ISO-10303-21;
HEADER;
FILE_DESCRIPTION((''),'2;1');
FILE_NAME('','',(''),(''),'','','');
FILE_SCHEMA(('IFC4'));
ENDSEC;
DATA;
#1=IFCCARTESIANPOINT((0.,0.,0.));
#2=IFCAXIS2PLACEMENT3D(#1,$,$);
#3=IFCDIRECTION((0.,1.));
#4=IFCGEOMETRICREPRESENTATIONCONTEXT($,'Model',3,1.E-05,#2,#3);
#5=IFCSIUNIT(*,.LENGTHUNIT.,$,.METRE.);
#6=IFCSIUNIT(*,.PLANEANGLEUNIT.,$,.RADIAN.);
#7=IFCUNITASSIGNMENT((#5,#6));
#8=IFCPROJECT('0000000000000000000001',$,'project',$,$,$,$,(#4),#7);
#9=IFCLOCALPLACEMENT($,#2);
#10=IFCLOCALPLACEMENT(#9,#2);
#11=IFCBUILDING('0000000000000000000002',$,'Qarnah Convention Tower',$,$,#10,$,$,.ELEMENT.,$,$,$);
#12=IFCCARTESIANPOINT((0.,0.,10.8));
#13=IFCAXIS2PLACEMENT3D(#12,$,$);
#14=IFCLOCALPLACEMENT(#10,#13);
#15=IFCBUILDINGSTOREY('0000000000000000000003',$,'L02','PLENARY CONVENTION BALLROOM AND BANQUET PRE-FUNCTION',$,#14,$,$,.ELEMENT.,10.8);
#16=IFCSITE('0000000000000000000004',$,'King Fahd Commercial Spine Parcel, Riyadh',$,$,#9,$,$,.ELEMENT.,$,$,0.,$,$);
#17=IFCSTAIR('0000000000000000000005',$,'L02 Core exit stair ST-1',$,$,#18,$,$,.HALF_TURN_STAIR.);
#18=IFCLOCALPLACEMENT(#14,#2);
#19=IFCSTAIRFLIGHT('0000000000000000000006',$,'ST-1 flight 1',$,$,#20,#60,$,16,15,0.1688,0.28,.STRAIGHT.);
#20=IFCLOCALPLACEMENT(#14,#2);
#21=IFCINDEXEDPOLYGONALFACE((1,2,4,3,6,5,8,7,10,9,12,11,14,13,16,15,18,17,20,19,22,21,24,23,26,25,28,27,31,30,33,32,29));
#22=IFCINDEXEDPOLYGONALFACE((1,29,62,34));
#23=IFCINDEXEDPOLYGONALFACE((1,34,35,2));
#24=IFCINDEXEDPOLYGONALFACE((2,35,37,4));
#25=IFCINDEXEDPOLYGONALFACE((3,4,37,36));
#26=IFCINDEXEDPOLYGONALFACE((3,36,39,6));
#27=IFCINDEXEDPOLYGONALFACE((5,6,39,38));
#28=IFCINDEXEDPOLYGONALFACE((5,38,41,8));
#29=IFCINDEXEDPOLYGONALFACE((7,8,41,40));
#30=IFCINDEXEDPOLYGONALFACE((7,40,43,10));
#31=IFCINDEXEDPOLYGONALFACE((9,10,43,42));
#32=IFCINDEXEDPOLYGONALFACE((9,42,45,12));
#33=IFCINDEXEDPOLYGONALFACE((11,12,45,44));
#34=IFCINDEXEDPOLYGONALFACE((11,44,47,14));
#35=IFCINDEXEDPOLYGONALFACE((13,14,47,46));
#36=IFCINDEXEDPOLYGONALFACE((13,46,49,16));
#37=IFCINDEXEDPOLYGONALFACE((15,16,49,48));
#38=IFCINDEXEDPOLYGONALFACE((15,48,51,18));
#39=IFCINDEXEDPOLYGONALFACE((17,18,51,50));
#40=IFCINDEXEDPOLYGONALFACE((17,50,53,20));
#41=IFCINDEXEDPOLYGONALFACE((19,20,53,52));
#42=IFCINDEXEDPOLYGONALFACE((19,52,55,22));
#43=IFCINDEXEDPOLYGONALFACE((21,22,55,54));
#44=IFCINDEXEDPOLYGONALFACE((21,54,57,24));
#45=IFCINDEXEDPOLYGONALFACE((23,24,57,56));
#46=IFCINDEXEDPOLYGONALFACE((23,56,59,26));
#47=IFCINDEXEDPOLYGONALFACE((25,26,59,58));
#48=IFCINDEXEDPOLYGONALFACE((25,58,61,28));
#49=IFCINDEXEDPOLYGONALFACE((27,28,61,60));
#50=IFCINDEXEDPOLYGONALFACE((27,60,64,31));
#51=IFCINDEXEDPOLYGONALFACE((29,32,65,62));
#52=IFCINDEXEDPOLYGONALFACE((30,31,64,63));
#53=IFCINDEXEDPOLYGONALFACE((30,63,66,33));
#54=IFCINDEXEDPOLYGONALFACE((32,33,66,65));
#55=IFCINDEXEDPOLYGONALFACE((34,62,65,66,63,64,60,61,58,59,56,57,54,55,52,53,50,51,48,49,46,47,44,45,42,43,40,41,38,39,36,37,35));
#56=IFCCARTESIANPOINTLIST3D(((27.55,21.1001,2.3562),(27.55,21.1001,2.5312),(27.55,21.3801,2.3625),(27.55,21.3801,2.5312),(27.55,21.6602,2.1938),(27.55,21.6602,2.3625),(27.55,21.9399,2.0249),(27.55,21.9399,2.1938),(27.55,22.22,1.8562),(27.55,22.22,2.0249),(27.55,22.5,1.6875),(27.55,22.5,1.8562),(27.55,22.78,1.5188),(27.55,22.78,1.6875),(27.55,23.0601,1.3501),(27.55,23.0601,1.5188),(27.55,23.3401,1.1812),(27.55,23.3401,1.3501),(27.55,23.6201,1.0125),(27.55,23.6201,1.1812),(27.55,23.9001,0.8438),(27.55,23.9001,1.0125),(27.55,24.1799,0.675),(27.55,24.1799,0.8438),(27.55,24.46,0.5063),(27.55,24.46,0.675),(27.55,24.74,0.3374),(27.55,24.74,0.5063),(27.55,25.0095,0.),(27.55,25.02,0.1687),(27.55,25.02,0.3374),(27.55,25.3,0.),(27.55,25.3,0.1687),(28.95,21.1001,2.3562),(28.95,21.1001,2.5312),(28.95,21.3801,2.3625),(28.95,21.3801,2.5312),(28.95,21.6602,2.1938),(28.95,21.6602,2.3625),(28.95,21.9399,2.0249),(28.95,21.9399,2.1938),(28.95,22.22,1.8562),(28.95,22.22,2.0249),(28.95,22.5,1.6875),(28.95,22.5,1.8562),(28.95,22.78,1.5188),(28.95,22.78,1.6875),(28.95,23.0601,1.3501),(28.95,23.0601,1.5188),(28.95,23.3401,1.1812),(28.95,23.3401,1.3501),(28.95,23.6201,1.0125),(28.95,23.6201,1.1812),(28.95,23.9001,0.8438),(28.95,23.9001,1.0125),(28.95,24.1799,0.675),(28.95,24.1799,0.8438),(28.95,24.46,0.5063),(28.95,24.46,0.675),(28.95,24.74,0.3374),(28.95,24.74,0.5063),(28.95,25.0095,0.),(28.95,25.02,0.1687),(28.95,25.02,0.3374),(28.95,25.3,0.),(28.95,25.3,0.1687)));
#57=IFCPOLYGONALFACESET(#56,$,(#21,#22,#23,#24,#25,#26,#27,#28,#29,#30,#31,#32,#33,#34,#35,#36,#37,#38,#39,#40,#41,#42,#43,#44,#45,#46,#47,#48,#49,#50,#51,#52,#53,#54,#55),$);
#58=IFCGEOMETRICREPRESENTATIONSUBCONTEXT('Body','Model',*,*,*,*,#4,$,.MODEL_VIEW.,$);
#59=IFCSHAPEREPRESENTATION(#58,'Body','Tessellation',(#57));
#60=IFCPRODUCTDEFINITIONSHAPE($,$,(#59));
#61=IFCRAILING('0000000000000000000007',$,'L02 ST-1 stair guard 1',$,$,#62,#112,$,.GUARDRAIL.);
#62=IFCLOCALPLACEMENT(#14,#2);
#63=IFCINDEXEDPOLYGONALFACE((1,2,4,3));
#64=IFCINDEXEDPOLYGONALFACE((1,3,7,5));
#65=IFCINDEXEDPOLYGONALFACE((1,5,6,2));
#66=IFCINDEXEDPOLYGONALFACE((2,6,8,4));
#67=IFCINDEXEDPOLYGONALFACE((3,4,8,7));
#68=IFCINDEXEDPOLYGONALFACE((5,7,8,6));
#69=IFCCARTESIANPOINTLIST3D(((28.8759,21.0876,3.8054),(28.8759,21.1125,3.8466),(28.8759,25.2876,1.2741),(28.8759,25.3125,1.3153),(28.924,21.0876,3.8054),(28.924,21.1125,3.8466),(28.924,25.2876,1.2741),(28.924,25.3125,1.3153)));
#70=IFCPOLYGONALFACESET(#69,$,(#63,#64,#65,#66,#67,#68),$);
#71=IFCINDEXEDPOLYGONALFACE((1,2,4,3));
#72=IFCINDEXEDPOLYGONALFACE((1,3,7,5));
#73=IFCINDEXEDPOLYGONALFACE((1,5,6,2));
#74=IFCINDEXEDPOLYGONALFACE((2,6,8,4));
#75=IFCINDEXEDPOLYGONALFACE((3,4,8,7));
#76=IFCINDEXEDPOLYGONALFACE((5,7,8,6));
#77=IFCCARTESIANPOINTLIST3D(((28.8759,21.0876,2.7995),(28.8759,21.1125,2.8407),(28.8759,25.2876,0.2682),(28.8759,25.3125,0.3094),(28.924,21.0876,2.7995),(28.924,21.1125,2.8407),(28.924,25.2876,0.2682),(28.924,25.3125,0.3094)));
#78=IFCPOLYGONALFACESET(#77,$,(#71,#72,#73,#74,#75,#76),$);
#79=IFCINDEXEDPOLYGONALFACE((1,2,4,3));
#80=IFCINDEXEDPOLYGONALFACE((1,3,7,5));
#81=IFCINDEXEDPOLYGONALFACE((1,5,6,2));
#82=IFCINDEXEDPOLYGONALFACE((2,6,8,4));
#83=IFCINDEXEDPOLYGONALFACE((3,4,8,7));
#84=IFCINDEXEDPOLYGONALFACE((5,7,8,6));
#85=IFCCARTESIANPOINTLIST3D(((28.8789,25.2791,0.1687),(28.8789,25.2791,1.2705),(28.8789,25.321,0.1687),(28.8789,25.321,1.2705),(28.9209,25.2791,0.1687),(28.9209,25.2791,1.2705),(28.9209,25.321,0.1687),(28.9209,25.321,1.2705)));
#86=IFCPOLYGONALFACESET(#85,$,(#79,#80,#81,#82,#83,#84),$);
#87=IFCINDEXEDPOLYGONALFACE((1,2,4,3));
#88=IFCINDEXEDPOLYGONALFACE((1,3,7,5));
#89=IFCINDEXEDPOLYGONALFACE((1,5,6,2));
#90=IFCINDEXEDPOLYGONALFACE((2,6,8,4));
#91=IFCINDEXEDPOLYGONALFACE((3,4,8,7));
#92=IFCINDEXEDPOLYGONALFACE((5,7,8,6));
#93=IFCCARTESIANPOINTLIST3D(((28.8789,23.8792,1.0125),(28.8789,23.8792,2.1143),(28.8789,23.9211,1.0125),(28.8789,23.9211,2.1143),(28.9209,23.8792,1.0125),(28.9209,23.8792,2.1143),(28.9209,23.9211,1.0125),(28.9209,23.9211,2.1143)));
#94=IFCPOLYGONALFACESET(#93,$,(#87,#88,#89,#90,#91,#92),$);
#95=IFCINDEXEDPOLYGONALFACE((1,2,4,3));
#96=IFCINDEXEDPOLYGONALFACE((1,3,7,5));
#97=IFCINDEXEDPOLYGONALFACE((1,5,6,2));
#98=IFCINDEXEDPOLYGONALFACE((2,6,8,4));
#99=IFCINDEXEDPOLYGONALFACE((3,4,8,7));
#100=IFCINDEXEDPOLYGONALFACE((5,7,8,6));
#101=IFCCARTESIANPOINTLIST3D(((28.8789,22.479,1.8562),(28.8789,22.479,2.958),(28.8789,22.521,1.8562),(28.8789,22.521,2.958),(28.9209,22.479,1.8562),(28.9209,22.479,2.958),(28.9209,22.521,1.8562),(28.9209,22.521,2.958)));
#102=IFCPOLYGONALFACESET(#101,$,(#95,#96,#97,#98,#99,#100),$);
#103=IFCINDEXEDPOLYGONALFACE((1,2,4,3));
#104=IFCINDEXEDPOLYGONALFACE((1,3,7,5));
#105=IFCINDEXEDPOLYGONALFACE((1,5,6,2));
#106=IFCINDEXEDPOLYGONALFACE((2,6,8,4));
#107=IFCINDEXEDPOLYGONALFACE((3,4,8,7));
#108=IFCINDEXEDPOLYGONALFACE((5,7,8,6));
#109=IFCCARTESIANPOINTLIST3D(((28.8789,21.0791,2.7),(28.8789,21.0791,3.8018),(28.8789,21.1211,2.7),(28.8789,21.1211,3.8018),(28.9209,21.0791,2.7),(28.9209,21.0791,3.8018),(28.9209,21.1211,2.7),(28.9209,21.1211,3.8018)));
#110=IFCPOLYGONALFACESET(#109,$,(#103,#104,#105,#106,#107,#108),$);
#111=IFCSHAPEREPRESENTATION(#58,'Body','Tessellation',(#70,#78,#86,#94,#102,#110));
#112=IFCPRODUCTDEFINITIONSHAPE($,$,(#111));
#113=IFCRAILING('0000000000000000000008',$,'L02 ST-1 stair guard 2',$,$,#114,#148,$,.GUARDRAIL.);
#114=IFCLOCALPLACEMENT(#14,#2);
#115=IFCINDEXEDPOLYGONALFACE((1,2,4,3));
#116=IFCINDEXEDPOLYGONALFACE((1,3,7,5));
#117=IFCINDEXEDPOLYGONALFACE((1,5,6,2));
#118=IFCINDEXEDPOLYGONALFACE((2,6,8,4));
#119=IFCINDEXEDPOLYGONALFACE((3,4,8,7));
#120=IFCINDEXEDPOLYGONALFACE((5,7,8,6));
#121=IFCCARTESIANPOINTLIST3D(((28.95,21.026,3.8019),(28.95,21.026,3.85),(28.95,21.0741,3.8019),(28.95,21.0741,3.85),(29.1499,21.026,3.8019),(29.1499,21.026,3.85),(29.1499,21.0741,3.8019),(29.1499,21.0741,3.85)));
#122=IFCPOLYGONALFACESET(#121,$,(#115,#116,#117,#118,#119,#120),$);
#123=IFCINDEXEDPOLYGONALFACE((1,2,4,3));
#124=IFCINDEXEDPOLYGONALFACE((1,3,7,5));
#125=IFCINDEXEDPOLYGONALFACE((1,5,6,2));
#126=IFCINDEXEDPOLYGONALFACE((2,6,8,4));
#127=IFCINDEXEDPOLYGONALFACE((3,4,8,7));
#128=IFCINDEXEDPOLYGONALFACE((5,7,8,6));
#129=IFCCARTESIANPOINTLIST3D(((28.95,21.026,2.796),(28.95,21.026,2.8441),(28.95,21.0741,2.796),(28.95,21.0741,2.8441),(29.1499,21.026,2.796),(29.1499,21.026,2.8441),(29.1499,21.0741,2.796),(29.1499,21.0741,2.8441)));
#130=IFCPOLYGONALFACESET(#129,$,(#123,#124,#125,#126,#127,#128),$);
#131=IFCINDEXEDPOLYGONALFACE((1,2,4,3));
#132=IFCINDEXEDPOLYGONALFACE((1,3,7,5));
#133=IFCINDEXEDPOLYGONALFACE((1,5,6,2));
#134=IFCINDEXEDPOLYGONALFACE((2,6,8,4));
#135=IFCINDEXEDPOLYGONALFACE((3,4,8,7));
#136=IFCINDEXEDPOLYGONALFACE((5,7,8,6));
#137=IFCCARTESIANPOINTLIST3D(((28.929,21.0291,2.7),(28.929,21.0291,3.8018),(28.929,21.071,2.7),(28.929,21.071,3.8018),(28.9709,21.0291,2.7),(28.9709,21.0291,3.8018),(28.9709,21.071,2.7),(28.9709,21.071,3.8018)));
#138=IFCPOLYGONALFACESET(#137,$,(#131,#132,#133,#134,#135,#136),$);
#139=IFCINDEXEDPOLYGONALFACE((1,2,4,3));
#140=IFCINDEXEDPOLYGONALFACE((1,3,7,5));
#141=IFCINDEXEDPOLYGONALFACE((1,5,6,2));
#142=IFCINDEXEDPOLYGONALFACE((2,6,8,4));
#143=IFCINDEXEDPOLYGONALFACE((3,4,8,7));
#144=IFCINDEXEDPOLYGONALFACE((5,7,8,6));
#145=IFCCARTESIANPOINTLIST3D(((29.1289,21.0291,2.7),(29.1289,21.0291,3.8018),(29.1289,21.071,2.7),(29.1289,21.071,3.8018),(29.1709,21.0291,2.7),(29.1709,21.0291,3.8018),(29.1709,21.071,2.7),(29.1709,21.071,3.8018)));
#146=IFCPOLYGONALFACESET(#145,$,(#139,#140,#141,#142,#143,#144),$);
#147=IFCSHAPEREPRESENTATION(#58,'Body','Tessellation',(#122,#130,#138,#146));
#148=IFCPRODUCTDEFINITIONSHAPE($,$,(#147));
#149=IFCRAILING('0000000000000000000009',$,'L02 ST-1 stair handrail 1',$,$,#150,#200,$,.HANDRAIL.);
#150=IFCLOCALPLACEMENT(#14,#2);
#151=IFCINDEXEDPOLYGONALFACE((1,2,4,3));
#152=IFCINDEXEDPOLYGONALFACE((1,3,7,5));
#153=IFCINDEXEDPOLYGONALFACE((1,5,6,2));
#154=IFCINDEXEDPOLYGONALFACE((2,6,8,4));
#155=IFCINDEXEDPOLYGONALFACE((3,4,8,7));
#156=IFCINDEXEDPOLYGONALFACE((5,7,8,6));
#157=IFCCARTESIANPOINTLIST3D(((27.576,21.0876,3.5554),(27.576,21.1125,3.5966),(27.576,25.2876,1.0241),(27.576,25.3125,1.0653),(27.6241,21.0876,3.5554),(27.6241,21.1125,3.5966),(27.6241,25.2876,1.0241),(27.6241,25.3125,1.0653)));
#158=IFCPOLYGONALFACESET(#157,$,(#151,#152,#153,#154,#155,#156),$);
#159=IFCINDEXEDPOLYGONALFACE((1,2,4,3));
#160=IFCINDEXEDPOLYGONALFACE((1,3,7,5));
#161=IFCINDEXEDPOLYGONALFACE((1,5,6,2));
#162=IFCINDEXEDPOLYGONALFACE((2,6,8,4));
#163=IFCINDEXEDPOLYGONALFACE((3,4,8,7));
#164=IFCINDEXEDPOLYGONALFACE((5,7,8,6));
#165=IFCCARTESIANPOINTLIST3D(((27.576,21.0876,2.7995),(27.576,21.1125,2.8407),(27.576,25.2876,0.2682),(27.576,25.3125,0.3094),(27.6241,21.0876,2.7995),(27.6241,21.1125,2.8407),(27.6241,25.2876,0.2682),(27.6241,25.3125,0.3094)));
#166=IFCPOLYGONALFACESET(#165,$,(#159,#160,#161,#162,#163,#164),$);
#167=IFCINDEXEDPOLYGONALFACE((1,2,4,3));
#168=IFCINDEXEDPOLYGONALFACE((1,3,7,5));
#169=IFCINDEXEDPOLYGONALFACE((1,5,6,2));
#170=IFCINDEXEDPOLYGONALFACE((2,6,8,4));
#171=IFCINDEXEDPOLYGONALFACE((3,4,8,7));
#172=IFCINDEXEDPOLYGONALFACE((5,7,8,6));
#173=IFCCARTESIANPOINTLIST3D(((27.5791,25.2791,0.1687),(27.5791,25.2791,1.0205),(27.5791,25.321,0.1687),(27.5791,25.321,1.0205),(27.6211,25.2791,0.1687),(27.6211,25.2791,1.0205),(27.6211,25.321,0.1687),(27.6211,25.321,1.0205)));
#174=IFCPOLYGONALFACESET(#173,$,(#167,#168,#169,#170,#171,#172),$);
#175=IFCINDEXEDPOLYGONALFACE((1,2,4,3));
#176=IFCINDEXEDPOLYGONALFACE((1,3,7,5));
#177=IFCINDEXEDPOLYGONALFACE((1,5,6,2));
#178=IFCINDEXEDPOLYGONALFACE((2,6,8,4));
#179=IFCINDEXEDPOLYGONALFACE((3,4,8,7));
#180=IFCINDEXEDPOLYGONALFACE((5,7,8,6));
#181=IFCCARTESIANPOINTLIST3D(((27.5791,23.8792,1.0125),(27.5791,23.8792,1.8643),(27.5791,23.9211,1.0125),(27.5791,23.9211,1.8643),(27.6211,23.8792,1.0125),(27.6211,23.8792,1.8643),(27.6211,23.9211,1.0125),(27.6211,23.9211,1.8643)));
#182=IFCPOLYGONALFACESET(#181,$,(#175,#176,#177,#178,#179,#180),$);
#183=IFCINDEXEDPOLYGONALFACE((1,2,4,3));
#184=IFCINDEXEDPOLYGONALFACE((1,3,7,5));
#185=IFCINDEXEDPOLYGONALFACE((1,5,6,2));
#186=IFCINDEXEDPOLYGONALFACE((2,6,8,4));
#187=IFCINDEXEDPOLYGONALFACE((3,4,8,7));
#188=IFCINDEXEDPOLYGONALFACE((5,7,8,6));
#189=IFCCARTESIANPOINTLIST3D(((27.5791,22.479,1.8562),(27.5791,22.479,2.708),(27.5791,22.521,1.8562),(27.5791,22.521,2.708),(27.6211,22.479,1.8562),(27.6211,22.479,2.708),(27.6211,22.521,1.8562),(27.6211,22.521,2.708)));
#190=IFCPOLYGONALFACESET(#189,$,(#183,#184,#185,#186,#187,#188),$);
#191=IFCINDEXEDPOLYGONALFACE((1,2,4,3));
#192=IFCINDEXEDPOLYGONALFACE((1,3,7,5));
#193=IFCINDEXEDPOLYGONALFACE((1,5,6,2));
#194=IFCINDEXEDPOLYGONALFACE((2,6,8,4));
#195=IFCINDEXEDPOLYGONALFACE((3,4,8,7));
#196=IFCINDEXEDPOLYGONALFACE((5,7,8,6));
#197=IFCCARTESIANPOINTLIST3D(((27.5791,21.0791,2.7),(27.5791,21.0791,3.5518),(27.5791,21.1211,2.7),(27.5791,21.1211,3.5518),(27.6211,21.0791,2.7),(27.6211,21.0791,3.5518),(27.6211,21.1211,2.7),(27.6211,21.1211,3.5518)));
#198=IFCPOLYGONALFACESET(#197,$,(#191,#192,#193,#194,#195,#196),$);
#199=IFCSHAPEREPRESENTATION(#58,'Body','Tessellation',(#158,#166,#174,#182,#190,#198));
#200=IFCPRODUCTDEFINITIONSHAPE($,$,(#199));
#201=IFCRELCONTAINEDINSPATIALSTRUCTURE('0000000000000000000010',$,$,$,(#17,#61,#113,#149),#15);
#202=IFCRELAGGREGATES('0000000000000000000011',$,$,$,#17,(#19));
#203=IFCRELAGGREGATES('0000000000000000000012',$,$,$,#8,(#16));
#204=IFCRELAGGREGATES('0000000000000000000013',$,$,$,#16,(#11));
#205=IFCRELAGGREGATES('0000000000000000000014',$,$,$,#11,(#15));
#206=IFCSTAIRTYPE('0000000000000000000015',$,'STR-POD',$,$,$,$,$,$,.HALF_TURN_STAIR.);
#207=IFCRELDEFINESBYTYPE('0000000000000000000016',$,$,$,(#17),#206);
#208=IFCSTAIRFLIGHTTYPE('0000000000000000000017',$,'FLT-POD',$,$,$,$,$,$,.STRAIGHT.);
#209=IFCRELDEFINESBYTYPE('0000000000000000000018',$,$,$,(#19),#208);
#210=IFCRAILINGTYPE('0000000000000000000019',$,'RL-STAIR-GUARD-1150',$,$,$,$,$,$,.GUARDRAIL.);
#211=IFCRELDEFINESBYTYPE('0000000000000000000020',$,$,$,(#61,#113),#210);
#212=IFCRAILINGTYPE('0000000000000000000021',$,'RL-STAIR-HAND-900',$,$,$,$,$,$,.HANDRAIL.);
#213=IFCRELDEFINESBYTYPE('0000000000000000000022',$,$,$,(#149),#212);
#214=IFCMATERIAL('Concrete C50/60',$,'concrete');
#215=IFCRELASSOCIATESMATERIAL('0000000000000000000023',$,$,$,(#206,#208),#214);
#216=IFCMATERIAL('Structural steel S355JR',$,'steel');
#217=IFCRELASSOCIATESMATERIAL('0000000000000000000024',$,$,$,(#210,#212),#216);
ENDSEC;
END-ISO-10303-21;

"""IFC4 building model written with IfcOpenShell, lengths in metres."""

from ifc_helpers import new_model, si_unit, direction, frame, origin, origin_2d, place, context, subcontext, project, spatial, polyline, rectangle, outline, extrude, material, type_object, element, aggregate, save


model = new_model("IFC4")

# Units and contexts
model_context = context("Model", 3, precision=1e-05, world=origin(), true_north=direction((0.0, 1.0)))
body_context = subcontext(model_context, "Body", "Model", "MODEL_VIEW")
ifc_project = project(units=[si_unit("LENGTHUNIT", "METRE"), si_unit("PLANEANGLEUNIT", "RADIAN")], contexts=[model_context])

# Site, building, storey
site_placement = place(None, origin())
site = spatial("IfcSite", under=ifc_project, at=site_placement, Name="King Fahd Commercial Spine Parcel, Riyadh", CompositionType="ELEMENT", RefElevation=0.0)
building_placement = place(site_placement, origin())
building = spatial("IfcBuilding", under=site, at=building_placement, Name="Qarnah Convention Tower", CompositionType="ELEMENT")
storey_placement = place(building_placement, frame((0.0, 0.0, 10.8)))
storey = spatial("IfcBuildingStorey", under=building, at=storey_placement, Name="L02", Description="PLENARY CONVENTION BALLROOM AND BANQUET PRE-FUNCTION", CompositionType="ELEMENT", Elevation=10.8)

# Shared definitions
ifc_material_1 = material(Name="Structural steel S355JR", Category="steel")

# Stair, stair flight
ifc_material_2 = material(Name="Concrete C50/60", Category="concrete")
stair_type = type_object("IfcStairType", Name="STR-POD", PredefinedType="HALF_TURN_STAIR", material=ifc_material_2)
stair_placement = place(storey_placement, origin())
stair = element("IfcStair", 1, at=stair_placement, inside=storey, type_object=stair_type, Name="L02 Core exit stair ST-1", PredefinedType="HALF_TURN_STAIR")
stair_flight_type = type_object("IfcStairFlightType", Name="FLT-POD", PredefinedType="STRAIGHT", material=ifc_material_2)
stair_flight_placement = place(storey_placement, frame((28.25, 25.3, 0.0), z_axis=(0.0, 0.0, 1.0), x_axis=(0.0, -1.0, 0.0)))
stair_flight = element("IfcStairFlight", 2, at=stair_flight_placement, type_object=stair_flight_type, Name="ST-1 flight 1", NumberOfRisers=16, NumberOfTreads=15, PredefinedType="STRAIGHT", RiserHeight=0.1688, TreadLength=0.28, context=body_context, shape_type="SweptSolid", body=[
    extrude(outline(polyline([(0.0, 0.0), (0.0, 0.1687), (0.28, 0.1687), (0.28, 0.3374), (0.5601, 0.3374), (0.5601, 0.5063), (0.8401, 0.5063), (0.8401, 0.675), (1.1201, 0.675), (1.1201, 0.8438), (1.3999, 0.8438), (1.3999, 1.0125), (1.6799, 1.0125), (1.6799, 1.1812), (1.96, 1.1812), (1.96, 1.3501), (2.24, 1.3501), (2.24, 1.5188), (2.52, 1.5188), (2.52, 1.6875), (2.8, 1.6875), (2.8, 1.8562), (3.0801, 1.8562), (3.0801, 2.0249), (3.3601, 2.0249), (3.3601, 2.1938), (3.6399, 2.1938), (3.6399, 2.3625), (3.9199, 2.3625), (3.9199, 2.5312), (4.2, 2.5312), (4.2, 2.7), (4.2, 2.3562), (0.2905, 0.0), (0.0, 0.0)])), frame((0.0, 0.7, 0.0), z_axis=(0.0, -1.0, 0.0), x_axis=(1.0, 0.0, 0.0)), (0.0, 0.0, 1.0), 1.3999),
])
aggregate(stair, [stair_flight])

# Railings
railing_type_1 = type_object("IfcRailingType", Name="RL-STAIR-GUARD-1150", PredefinedType="GUARDRAIL", material=ifc_material_1)
railing_1_placement = place(storey_placement, frame((28.8999, 25.3, 0.1687)))
element("IfcRailing", 3, at=railing_1_placement, inside=storey, type_object=railing_type_1, Name="L02 ST-1 stair guard 1", PredefinedType="GUARDRAIL", context=body_context, shape_type="SweptSolid", body=[
    extrude(rectangle(XDim=0.0481, YDim=0.0481, at=origin_2d()), frame((0.0, 0.0, 1.126), z_axis=(0.0, -0.856476, 0.516186), x_axis=(1.0, 0.0, 0.0)), (0.0, 0.0, 1.0), 4.9038),
    extrude(rectangle(XDim=0.0481, YDim=0.0481, at=origin_2d()), frame((0.0, 0.0, 0.1201), z_axis=(0.0, -0.856476, 0.516186), x_axis=(1.0, 0.0, 0.0)), (0.0, 0.0, 1.0), 4.9038),
    extrude(rectangle(XDim=0.042, YDim=0.042, at=origin_2d()), origin(), (0.0, 0.0, 1.0), 1.1018),
    extrude(rectangle(XDim=0.042, YDim=0.042, at=origin_2d()), frame((0.0, -1.3999, 0.8438)), (0.0, 0.0, 1.0), 1.1018),
    extrude(rectangle(XDim=0.042, YDim=0.042, at=origin_2d()), frame((0.0, -2.8, 1.6875)), (0.0, 0.0, 1.0), 1.1018),
    extrude(rectangle(XDim=0.042, YDim=0.042, at=origin_2d()), frame((0.0, -4.2, 2.5312)), (0.0, 0.0, 1.0), 1.1018),
])
railing_2_placement = place(storey_placement, frame((28.95, 21.05, 2.7)))
element("IfcRailing", 4, at=railing_2_placement, inside=storey, type_object=railing_type_1, Name="L02 ST-1 stair guard 2", PredefinedType="GUARDRAIL", context=body_context, shape_type="SweptSolid", body=[
    extrude(rectangle(XDim=0.0481, YDim=0.0481, at=origin_2d()), frame((0.0, 0.0, 1.126), z_axis=(1.0, 0.0, 0.0), x_axis=(0.0, 1.0, 0.0)), (0.0, 0.0, 1.0), 0.2),
    extrude(rectangle(XDim=0.0481, YDim=0.0481, at=origin_2d()), frame((0.0, 0.0, 0.1201), z_axis=(1.0, 0.0, 0.0), x_axis=(0.0, 1.0, 0.0)), (0.0, 0.0, 1.0), 0.2),
    extrude(rectangle(XDim=0.042, YDim=0.042, at=origin_2d()), origin(), (0.0, 0.0, 1.0), 1.1018),
    extrude(rectangle(XDim=0.042, YDim=0.042, at=origin_2d()), frame((0.2, 0.0, 0.0)), (0.0, 0.0, 1.0), 1.1018),
])
railing_type_2 = type_object("IfcRailingType", Name="RL-STAIR-HAND-900", PredefinedType="HANDRAIL", material=ifc_material_1)
railing_3_placement = place(storey_placement, frame((27.6001, 25.3, 0.1687)))
element("IfcRailing", 5, at=railing_3_placement, inside=storey, type_object=railing_type_2, Name="L02 ST-1 stair handrail 1", PredefinedType="HANDRAIL", context=body_context, shape_type="SweptSolid", body=[
    extrude(rectangle(XDim=0.0481, YDim=0.0481, at=origin_2d()), frame((0.0, 0.0, 0.876), z_axis=(0.0, -0.856476, 0.516186), x_axis=(1.0, 0.0, 0.0)), (0.0, 0.0, 1.0), 4.9038),
    extrude(rectangle(XDim=0.0481, YDim=0.0481, at=origin_2d()), frame((0.0, 0.0, 0.1201), z_axis=(0.0, -0.856476, 0.516186), x_axis=(1.0, 0.0, 0.0)), (0.0, 0.0, 1.0), 4.9038),
    extrude(rectangle(XDim=0.042, YDim=0.042, at=origin_2d()), origin(), (0.0, 0.0, 1.0), 0.8518),
    extrude(rectangle(XDim=0.042, YDim=0.042, at=origin_2d()), frame((0.0, -1.3999, 0.8438)), (0.0, 0.0, 1.0), 0.8518),
    extrude(rectangle(XDim=0.042, YDim=0.042, at=origin_2d()), frame((0.0, -2.8, 1.6875)), (0.0, 0.0, 1.0), 0.8518),
    extrude(rectangle(XDim=0.042, YDim=0.042, at=origin_2d()), frame((0.0, -4.2, 2.5312)), (0.0, 0.0, 1.0), 0.8518),
])

save(model, "model.ifc")
